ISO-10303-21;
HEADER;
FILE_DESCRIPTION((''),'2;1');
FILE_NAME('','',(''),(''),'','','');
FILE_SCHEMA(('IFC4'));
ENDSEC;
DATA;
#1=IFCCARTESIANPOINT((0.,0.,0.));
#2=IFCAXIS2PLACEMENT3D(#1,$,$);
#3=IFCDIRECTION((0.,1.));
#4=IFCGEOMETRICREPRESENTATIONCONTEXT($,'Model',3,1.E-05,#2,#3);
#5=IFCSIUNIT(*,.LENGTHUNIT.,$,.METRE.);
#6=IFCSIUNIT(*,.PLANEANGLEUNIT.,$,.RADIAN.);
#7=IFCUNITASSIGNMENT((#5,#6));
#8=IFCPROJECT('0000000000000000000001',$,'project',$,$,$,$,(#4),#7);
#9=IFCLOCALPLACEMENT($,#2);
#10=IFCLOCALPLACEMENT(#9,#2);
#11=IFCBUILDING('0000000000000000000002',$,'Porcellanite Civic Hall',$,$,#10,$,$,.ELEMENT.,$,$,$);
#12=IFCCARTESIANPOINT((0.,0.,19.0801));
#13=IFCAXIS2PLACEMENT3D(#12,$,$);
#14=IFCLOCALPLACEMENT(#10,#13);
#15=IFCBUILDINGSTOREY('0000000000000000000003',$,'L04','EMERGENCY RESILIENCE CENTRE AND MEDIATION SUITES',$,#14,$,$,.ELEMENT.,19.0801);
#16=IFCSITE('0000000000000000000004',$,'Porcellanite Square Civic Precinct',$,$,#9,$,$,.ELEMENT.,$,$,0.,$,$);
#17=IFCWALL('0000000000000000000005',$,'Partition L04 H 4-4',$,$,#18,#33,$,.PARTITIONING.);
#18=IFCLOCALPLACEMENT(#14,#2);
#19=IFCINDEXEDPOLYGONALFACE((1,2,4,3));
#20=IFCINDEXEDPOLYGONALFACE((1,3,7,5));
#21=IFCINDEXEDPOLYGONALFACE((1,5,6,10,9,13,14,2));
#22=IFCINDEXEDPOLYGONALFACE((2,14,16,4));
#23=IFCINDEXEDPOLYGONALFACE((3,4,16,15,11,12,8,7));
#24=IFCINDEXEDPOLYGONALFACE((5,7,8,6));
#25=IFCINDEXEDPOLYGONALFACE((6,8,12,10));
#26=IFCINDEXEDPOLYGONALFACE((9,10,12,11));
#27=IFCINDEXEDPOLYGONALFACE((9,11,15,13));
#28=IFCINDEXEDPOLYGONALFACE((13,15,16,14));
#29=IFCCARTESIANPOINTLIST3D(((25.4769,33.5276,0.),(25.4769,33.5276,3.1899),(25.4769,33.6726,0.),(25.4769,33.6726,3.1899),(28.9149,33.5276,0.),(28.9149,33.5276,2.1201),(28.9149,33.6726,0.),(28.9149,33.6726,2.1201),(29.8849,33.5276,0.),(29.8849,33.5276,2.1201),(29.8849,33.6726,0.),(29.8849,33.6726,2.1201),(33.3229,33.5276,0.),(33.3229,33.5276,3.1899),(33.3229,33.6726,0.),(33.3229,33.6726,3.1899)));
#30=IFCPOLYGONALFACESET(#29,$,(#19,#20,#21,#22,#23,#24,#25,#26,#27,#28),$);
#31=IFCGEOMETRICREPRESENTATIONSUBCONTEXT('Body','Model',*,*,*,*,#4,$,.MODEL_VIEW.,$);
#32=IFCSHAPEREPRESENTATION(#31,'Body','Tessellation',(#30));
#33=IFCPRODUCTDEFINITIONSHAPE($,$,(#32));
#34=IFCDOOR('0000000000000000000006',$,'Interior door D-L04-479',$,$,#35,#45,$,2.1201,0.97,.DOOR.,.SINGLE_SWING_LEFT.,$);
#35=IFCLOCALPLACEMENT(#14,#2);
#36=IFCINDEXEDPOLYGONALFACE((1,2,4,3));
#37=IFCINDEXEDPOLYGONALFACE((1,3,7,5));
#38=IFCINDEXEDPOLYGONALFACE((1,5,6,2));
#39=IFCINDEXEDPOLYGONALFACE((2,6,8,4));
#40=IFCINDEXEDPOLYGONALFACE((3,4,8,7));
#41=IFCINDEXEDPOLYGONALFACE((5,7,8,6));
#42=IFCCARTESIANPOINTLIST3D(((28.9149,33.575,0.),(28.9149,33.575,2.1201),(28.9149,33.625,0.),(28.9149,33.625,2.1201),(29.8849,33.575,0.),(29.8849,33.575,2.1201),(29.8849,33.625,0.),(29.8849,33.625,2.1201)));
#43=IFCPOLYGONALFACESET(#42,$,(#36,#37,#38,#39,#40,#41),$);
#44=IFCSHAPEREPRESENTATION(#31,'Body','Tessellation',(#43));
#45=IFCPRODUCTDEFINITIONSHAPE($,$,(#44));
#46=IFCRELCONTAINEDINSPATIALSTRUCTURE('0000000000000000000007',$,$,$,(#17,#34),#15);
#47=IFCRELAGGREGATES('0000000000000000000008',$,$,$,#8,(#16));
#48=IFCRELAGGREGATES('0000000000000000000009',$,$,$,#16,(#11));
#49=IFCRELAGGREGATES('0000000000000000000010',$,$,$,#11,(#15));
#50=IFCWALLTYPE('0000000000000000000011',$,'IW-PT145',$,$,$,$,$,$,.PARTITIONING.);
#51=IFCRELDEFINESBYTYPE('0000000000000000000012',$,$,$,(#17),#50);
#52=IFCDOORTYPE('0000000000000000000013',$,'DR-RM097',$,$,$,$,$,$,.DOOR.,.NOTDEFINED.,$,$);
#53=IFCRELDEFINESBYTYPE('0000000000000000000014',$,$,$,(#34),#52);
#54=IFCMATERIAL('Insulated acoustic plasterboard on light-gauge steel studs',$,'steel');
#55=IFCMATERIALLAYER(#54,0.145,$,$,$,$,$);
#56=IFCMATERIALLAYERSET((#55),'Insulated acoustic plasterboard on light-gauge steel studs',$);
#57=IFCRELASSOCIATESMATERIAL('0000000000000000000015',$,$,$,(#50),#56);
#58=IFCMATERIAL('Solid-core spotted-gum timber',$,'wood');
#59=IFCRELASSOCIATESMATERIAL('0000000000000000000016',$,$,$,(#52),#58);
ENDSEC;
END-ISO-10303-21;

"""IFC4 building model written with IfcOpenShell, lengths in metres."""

from ifc_helpers import new_model, si_unit, direction, frame, frame_2d, origin, place, context, subcontext, project, spatial, rectangle, extrude, material, layer, layer_set, type_object, element, fill, save


model = new_model("IFC4")

# Units and contexts
model_context = context("Model", 3, precision=1e-05, world=origin(), true_north=direction((0.0, 1.0)))
body_context = subcontext(model_context, "Body", "Model", "MODEL_VIEW")
ifc_project = project(units=[si_unit("LENGTHUNIT", "METRE"), si_unit("PLANEANGLEUNIT", "RADIAN")], contexts=[model_context])

# Site, building, storey
site_placement = place(None, origin())
site = spatial("IfcSite", under=ifc_project, at=site_placement, Name="Porcellanite Square Civic Precinct", CompositionType="ELEMENT", RefElevation=0.0)
building_placement = place(site_placement, origin())
building = spatial("IfcBuilding", under=site, at=building_placement, Name="Porcellanite Civic Hall", CompositionType="ELEMENT")
storey_placement = place(building_placement, frame((0.0, 0.0, 19.0801)))
storey = spatial("IfcBuildingStorey", under=building, at=storey_placement, Name="L04", Description="EMERGENCY RESILIENCE CENTRE AND MEDIATION SUITES", CompositionType="ELEMENT", Elevation=19.0801)

# Wall, opening, door
ifc_material_1 = material(Name="Insulated acoustic plasterboard on light-gauge steel studs", Category="steel")
ifc_layer_1 = layer(ifc_material_1, 0.145)
ifc_layer_set_1 = layer_set([ifc_layer_1], Name="Insulated acoustic plasterboard on light-gauge steel studs")
wall_type = type_object("IfcWallType", Name="IW-PT145", PredefinedType="PARTITIONING", material=ifc_layer_set_1)
wall_placement = place(storey_placement, frame((25.4771, 33.6001, 0.0), z_axis=(0.0, 0.0, 1.0), x_axis=(1.0, 0.0, 0.0)))
wall = element("IfcWall", 1, at=wall_placement, inside=storey, type_object=wall_type, Name="Partition L04 H 4-4", PredefinedType="PARTITIONING", context=body_context, shape_type="SweptSolid", body=[
    extrude(rectangle(XDim=7.8459, YDim=0.145, at=frame_2d((3.9229, 0.0))), origin(), (0.0, 0.0, 1.0), 3.1899),
])
opening_placement = place(wall_placement, frame((3.438, 0.0, 0.0)))
opening = element("IfcOpeningElement", 2, at=opening_placement, cuts=wall, PredefinedType="OPENING", context=body_context, shape_type="SweptSolid", body=[
    extrude(rectangle(XDim=0.97, YDim=2.1201, at=frame_2d((0.4849, 1.0601))), frame((0.0, 0.0725, 0.0), z_axis=(0.0, -1.0, 0.0), x_axis=(1.0, 0.0, 0.0)), (0.0, 0.0, 1.0), 0.145),
])
ifc_material_2 = material(Name="Solid-core spotted-gum timber", Category="wood")
door_type = type_object("IfcDoorType", Name="DR-RM097", OperationType="NOTDEFINED", PredefinedType="DOOR", material=ifc_material_2)
door_placement = place(opening_placement, origin())
door = element("IfcDoor", 3, at=door_placement, inside=storey, type_object=door_type, Name="Interior door D-L04-479", OperationType="SINGLE_SWING_LEFT", OverallHeight=2.1201, OverallWidth=0.97, PredefinedType="DOOR", context=body_context, shape_type="SweptSolid", body=[
    extrude(rectangle(XDim=0.97, YDim=2.1201, at=frame_2d((0.4849, 1.0601))), frame((0.0, 0.0249, 0.0), z_axis=(0.0, -1.0, 0.0), x_axis=(1.0, 0.0, 0.0)), (0.0, 0.0, 1.0), 0.05),
])
fill(opening, door)

save(model, "model.ifc")
